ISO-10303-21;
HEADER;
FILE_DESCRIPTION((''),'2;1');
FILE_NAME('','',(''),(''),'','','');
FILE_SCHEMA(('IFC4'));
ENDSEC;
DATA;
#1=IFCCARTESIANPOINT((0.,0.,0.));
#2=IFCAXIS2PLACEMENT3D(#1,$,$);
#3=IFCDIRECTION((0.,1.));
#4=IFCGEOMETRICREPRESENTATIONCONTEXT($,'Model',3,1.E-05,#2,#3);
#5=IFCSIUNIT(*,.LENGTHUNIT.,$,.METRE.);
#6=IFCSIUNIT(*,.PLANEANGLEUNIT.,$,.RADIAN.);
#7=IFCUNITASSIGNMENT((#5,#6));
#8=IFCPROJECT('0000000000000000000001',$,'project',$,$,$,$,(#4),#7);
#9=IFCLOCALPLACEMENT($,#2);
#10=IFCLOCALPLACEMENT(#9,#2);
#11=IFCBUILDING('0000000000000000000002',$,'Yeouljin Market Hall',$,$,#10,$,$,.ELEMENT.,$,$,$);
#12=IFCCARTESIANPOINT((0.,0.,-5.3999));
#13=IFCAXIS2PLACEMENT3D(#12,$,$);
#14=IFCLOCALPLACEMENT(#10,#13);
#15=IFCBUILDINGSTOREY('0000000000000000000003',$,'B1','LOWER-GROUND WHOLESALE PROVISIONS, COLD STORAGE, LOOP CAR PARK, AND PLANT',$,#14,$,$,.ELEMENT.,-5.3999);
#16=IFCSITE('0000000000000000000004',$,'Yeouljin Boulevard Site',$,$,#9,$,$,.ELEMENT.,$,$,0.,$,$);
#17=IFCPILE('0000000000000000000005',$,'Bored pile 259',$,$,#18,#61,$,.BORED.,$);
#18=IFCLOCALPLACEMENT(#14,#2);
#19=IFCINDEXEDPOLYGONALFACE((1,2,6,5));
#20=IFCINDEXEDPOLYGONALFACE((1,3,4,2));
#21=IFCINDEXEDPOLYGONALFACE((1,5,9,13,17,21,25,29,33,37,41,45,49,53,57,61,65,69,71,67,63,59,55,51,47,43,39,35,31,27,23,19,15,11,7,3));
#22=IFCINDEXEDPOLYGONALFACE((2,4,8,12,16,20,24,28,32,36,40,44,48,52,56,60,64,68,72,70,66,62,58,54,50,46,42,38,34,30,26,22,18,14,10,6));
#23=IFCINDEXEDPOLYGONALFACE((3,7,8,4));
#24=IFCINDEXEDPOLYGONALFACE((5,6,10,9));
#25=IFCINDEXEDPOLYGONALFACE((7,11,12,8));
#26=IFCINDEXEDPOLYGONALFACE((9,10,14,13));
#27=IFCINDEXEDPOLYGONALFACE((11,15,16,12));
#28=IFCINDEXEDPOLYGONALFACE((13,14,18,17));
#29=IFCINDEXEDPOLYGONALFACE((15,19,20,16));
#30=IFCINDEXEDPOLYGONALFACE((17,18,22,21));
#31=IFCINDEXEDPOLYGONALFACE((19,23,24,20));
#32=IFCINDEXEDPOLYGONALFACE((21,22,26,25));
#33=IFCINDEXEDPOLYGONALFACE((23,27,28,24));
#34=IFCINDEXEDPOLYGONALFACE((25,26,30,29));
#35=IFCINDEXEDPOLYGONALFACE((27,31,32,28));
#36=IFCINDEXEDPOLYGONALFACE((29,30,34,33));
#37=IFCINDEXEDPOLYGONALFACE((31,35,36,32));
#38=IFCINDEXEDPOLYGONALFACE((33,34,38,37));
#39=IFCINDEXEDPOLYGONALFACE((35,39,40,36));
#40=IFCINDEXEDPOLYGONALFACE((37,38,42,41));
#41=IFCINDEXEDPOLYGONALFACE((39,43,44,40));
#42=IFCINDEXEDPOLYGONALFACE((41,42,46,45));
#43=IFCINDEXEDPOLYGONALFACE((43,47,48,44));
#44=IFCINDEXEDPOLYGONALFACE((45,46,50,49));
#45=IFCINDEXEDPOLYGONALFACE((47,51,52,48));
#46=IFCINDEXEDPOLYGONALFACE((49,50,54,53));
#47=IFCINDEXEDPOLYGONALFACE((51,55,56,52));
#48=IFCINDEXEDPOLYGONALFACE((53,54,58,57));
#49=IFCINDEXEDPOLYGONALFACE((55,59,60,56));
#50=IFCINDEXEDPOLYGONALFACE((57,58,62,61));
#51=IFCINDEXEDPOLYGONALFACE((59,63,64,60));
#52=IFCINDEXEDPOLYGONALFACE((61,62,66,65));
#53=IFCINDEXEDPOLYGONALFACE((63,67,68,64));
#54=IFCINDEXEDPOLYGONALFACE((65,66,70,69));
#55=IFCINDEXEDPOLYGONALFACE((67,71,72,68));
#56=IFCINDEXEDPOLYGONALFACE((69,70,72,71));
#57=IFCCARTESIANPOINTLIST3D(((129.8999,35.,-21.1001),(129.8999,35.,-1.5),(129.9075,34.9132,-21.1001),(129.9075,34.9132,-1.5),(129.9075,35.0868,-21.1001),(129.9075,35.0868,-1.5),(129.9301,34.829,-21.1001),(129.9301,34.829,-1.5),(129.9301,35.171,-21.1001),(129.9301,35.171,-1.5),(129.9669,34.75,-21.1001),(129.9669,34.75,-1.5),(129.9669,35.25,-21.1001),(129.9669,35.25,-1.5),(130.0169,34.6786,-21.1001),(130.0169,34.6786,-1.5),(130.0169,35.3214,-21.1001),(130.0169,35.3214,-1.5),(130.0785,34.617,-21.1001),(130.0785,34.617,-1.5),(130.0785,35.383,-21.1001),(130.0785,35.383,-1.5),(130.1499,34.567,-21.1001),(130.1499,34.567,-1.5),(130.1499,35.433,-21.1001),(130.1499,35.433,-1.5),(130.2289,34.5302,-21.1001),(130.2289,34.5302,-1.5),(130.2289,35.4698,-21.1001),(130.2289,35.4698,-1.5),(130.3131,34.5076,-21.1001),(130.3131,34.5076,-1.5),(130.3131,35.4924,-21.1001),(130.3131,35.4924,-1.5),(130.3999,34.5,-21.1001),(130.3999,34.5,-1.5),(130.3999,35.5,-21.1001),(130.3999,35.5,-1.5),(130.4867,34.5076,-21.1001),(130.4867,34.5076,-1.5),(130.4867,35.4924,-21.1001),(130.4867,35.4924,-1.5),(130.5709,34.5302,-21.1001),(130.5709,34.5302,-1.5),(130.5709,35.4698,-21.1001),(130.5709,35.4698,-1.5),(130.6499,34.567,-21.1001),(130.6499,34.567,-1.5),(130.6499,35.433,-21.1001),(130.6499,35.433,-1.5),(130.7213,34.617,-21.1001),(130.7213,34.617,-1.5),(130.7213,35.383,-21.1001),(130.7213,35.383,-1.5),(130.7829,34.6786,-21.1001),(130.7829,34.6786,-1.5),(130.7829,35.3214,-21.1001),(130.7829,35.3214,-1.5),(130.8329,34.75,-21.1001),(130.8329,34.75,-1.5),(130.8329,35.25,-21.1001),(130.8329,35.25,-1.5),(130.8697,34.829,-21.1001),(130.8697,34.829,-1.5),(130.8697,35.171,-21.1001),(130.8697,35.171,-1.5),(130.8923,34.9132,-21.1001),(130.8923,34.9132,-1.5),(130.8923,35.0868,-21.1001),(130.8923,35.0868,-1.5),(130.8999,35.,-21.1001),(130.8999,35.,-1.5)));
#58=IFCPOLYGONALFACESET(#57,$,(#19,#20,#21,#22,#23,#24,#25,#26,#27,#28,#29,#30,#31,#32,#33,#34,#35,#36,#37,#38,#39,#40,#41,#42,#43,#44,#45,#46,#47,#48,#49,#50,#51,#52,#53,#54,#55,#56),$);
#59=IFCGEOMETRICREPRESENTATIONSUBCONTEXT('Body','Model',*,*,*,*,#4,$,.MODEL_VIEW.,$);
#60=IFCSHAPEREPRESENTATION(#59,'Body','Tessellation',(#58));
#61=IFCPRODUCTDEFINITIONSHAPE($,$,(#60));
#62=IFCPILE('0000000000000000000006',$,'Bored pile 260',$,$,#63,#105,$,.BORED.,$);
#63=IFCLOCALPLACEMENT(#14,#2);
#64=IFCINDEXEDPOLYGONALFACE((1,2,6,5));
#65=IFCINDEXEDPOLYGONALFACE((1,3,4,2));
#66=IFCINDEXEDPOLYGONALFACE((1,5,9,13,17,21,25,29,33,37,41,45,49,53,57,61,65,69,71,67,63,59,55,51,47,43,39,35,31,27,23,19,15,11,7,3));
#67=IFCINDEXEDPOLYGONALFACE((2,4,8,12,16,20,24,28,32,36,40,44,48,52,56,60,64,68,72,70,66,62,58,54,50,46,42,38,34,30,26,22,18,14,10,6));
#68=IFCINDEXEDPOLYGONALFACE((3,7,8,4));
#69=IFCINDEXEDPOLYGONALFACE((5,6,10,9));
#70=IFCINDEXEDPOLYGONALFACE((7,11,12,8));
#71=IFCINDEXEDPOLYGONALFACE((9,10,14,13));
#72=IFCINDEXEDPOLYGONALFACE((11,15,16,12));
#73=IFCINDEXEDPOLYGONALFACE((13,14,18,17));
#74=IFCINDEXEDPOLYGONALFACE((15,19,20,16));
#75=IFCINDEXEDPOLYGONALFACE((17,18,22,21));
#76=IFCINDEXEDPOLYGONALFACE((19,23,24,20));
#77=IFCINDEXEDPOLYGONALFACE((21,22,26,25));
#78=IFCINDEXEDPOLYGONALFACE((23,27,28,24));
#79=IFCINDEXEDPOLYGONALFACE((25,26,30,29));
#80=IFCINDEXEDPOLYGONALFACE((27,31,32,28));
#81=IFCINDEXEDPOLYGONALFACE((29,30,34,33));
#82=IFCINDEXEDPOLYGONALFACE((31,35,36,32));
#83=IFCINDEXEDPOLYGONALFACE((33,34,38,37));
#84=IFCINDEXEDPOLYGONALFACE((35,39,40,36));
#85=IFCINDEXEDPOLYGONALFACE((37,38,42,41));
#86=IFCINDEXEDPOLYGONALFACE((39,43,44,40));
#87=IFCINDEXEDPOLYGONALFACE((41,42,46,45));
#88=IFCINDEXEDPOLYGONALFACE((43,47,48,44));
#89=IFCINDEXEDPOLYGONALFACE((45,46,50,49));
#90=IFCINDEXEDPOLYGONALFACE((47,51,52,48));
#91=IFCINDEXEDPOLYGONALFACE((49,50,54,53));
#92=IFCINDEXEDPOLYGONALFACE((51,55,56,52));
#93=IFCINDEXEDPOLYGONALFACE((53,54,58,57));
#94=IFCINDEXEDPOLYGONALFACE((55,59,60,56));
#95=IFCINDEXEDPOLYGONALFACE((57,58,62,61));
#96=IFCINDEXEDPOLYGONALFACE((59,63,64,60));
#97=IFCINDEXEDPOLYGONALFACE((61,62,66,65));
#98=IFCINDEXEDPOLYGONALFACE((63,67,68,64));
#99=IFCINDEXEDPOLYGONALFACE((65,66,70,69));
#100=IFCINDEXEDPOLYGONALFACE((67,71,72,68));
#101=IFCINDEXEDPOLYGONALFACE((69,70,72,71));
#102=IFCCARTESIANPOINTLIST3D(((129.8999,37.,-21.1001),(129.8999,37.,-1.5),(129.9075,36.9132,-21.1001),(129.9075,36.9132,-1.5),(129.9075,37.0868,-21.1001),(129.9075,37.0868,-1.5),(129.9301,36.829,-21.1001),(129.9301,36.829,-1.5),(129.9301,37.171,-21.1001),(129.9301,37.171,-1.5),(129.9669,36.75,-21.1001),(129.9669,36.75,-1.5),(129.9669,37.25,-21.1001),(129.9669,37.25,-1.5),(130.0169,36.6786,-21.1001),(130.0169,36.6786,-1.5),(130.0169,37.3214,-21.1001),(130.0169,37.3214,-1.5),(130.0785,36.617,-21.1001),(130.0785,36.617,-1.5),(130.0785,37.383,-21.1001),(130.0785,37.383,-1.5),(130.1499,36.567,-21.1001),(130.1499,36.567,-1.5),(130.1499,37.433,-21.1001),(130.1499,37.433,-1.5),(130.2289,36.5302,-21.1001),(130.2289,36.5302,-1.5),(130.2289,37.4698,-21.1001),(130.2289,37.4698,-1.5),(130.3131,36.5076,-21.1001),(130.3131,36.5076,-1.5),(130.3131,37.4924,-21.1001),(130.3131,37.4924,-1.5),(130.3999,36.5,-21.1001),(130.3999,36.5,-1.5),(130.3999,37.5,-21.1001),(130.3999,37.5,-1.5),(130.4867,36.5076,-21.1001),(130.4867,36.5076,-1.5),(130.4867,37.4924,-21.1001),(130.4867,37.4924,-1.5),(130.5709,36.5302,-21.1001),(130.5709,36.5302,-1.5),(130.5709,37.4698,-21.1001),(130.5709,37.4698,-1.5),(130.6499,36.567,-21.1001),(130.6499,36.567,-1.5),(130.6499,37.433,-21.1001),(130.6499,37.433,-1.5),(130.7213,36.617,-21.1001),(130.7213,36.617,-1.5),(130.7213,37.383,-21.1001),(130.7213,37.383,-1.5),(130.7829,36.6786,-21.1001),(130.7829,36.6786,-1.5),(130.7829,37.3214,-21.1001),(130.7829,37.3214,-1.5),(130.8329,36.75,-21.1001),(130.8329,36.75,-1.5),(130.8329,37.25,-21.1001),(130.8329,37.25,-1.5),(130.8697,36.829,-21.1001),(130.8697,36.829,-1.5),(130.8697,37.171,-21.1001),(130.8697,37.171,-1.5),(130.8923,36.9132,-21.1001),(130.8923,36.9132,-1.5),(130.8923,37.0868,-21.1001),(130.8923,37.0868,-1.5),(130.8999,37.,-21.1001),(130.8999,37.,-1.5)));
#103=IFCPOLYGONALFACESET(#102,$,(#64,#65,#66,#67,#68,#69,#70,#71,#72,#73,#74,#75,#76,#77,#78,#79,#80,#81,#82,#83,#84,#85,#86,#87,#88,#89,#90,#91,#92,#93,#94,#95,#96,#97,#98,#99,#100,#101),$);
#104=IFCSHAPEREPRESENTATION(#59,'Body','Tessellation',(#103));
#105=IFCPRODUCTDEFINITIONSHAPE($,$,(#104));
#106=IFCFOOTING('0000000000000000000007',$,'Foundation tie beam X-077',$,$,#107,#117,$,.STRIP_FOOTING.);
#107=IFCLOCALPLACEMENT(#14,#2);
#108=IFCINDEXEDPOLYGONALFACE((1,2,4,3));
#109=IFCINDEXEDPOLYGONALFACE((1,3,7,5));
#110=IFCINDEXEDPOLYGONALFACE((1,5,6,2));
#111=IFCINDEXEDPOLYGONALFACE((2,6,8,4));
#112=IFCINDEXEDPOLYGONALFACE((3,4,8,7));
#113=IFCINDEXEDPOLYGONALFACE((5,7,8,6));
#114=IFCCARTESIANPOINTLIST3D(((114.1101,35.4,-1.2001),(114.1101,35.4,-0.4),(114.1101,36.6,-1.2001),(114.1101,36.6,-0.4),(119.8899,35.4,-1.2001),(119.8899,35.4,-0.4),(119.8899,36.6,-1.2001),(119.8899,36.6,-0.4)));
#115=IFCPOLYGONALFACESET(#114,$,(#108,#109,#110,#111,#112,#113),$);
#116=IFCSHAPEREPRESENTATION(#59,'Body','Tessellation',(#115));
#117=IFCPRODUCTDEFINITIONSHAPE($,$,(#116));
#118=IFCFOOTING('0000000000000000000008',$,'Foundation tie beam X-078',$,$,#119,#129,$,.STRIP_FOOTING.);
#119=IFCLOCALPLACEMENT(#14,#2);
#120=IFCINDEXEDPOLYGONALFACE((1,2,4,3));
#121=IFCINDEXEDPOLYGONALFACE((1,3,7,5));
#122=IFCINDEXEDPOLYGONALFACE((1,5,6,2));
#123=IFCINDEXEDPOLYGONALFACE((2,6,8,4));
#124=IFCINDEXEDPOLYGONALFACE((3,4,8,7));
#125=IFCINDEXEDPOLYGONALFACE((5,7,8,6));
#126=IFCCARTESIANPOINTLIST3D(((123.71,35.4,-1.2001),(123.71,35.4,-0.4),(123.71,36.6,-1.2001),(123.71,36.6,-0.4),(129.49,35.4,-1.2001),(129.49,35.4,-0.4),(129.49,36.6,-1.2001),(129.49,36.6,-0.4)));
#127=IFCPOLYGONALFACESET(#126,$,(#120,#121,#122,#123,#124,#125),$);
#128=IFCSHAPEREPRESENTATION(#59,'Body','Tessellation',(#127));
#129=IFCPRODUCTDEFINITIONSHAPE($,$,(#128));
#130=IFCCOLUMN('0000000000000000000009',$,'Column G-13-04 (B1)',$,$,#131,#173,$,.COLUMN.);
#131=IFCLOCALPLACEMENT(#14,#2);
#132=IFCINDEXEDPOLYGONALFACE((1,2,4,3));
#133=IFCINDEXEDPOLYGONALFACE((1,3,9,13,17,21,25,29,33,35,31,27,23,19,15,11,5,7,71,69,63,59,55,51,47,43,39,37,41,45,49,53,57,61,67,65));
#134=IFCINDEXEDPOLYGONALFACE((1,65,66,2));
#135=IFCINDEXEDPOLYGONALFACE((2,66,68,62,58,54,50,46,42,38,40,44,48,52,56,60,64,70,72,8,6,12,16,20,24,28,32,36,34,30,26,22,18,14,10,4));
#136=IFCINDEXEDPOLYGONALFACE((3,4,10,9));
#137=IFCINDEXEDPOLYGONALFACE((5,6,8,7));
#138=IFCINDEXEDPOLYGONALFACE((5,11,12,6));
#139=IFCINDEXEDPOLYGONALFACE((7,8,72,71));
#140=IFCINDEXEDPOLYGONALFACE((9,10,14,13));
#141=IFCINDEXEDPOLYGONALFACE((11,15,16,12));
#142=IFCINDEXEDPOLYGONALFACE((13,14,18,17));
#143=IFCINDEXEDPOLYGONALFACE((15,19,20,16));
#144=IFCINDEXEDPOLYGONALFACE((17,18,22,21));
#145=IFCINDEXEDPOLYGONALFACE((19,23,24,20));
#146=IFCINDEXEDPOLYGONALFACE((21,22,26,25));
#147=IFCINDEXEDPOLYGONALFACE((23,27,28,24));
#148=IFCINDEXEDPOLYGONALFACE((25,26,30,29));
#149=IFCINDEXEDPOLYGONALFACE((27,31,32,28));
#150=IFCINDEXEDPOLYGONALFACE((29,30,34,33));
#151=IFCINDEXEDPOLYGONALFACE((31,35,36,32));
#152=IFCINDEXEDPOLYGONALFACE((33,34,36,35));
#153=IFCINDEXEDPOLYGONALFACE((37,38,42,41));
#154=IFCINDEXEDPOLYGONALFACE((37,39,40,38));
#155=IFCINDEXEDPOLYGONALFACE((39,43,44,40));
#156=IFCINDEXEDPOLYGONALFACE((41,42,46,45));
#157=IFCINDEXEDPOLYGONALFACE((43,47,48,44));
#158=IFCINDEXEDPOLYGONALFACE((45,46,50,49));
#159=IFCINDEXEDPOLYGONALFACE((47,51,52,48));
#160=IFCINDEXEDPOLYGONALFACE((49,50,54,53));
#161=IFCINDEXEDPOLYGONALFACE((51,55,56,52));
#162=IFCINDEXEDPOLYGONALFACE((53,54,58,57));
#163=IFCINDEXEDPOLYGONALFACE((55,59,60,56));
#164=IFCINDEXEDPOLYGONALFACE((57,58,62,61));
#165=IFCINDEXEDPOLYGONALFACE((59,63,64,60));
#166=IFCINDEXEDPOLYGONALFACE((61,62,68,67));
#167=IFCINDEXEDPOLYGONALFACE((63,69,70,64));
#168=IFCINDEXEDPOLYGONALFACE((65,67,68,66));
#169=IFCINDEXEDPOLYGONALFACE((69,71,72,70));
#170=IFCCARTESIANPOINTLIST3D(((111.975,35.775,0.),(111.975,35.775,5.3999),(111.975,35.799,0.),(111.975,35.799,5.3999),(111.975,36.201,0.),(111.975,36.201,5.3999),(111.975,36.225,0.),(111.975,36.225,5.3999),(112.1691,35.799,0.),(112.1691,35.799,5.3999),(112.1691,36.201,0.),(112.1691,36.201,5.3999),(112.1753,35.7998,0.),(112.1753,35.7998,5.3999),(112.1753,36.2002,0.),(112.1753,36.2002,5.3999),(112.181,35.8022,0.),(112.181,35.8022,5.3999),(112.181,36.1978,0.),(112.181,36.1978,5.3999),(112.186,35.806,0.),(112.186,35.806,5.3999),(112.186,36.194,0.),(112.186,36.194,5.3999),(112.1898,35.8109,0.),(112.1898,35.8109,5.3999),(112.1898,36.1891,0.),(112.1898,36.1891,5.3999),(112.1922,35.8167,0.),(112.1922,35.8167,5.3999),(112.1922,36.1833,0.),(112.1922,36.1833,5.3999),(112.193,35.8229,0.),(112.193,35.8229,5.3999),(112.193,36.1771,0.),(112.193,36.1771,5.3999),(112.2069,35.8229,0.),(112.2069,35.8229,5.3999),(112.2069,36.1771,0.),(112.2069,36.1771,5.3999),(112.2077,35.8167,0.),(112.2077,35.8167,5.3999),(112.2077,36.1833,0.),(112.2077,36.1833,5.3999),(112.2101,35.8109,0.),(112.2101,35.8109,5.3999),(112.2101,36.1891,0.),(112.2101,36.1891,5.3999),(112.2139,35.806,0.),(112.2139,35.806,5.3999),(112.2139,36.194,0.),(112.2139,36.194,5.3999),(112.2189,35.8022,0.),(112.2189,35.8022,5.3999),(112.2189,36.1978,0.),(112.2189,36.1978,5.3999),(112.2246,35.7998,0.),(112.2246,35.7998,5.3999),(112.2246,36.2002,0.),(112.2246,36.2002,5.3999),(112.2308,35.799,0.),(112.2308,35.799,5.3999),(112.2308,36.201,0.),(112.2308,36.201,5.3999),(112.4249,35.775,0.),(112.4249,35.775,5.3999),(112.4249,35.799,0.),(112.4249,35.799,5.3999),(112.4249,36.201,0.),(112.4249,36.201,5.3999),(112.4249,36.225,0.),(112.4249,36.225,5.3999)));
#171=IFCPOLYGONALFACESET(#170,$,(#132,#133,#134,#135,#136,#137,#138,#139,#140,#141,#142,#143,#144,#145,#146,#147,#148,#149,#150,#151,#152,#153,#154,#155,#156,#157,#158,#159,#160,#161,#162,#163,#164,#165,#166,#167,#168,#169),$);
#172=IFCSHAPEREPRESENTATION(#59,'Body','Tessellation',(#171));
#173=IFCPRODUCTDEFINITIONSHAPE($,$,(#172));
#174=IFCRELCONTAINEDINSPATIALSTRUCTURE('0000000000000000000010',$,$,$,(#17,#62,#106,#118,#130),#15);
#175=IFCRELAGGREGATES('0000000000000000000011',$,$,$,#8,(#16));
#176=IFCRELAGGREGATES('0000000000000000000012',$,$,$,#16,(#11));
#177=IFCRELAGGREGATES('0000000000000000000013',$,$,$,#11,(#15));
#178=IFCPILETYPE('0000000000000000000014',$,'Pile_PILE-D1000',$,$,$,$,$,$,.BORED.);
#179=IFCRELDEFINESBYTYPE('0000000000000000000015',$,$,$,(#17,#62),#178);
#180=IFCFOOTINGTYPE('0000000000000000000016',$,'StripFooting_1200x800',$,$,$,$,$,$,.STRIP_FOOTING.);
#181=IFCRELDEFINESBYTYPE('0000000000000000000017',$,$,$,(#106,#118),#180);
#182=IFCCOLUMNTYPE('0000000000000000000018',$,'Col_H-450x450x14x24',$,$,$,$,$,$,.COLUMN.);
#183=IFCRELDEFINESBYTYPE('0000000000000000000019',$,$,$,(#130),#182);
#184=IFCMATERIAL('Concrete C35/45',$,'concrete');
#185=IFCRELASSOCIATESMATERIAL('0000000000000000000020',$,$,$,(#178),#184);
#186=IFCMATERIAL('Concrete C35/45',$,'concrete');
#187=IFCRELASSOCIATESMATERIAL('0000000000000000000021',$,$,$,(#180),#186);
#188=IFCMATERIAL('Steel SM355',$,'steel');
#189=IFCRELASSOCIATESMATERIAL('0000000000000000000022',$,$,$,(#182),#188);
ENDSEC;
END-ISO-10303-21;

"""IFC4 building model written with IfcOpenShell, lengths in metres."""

from ifc_helpers import new_model, si_unit, direction, frame, origin, origin_2d, place, context, subcontext, project, spatial, rectangle, circle, i_section, extrude, material, material_profile, profile_set, type_object, element, save


model = new_model("IFC4")

# Units and contexts
model_context = context("Model", 3, precision=1e-05, world=origin(), true_north=direction((0.0, 1.0)))
body_context = subcontext(model_context, "Body", "Model", "MODEL_VIEW")
ifc_project = project(units=[si_unit("LENGTHUNIT", "METRE"), si_unit("PLANEANGLEUNIT", "RADIAN")], contexts=[model_context])

# Site, building, storey
site_placement = place(None, origin())
site = spatial("IfcSite", under=ifc_project, at=site_placement, Name="Yeouljin Boulevard Site", CompositionType="ELEMENT", RefElevation=0.0)
building_placement = place(site_placement, origin())
building = spatial("IfcBuilding", under=site, at=building_placement, Name="Yeouljin Market Hall", CompositionType="ELEMENT")
storey_placement = place(building_placement, frame((0.0, 0.0, -5.3999)))
storey = spatial("IfcBuildingStorey", under=building, at=storey_placement, Name="B1", Description="LOWER-GROUND WHOLESALE PROVISIONS, COLD STORAGE, LOOP CAR PARK, AND PLANT", CompositionType="ELEMENT", Elevation=-5.3999)

# Piles
ifc_material_1 = material(Name="Concrete C35/45", Category="concrete")
ifc_material_profile_1 = material_profile(ifc_material_1, circle(Radius=0.5, at=origin_2d()), Name="PILE-D1000")
ifc_profile_set_1 = profile_set([ifc_material_profile_1], Name="Concrete C35/45")
pile_type = type_object("IfcPileType", Name="Pile_PILE-D1000", PredefinedType="BORED", material=ifc_profile_set_1)
for number, where, z_axis, x_axis, name in (
    (1, (130.3999, 35.0, -1.5), (0.0, 0.0, -1.0), (1.0, 0.0, 0.0), "Bored pile 259"),
    (2, (130.3999, 37.0, -1.5), (0.0, 0.0, -1.0), (1.0, 0.0, 0.0), "Bored pile 260"),
):
    element("IfcPile", number, at=place(storey_placement, frame(where, z_axis=z_axis, x_axis=x_axis)), inside=storey, type_object=pile_type, Name=name, PredefinedType="BORED", context=body_context, shape_type="SweptSolid", body=[
        extrude(circle(Radius=0.5, at=origin_2d()), origin(), (0.0, 0.0, 1.0), 19.6001),
    ])

# Footings
ifc_material_2 = material(Name="Concrete C35/45", Category="concrete")
ifc_material_profile_2 = material_profile(ifc_material_2, rectangle(XDim=1.2, YDim=0.8, at=origin_2d()), Name="SF-1200x800")
ifc_profile_set_2 = profile_set([ifc_material_profile_2], Name="Concrete C35/45")
footing_type_1 = type_object("IfcFootingType", Name="StripFooting_1200x800", PredefinedType="STRIP_FOOTING", material=ifc_profile_set_2)
footing_1_placement = place(storey_placement, frame((114.1101, 36.0, -0.8), z_axis=(1.0, 0.0, 0.0), x_axis=(0.0, 1.0, 0.0)))
element("IfcFooting", 3, at=footing_1_placement, inside=storey, type_object=footing_type_1, Name="Foundation tie beam X-077", PredefinedType="STRIP_FOOTING", context=body_context, shape_type="SweptSolid", body=[
    extrude(rectangle(XDim=1.2, YDim=0.8, at=origin_2d()), origin(), (0.0, 0.0, 1.0), 5.7798),
])
footing_2_placement = place(storey_placement, frame((123.71, 36.0, -0.8), z_axis=(1.0, 0.0, 0.0), x_axis=(0.0, 1.0, 0.0)))
element("IfcFooting", 4, at=footing_2_placement, inside=storey, type_object=footing_type_1, Name="Foundation tie beam X-078", PredefinedType="STRIP_FOOTING", context=body_context, shape_type="SweptSolid", body=[
    extrude(rectangle(XDim=1.2, YDim=0.8, at=origin_2d()), origin(), (0.0, 0.0, 1.0), 5.78),
])

# Column
ifc_material_3 = material(Name="Steel SM355", Category="steel")
ifc_material_profile_3 = material_profile(ifc_material_3, i_section(OverallWidth=0.45, OverallDepth=0.45, WebThickness=0.0139, FlangeThickness=0.0239, FilletRadius=0.0239, at=origin_2d()), Name="H-450x450x14x24")
ifc_profile_set_3 = profile_set([ifc_material_profile_3], Name="Steel SM355")
column_type_1 = type_object("IfcColumnType", Name="Col_H-450x450x14x24", PredefinedType="COLUMN", material=ifc_profile_set_3)
for number, where, z_axis, x_axis, name in (
    (5, (112.2, 36.0, 0.0), (0.0, 0.0, 1.0), (1.0, 0.0, 0.0), "Column G-13-04 (B1)"),
):
    element("IfcColumn", number, at=place(storey_placement, frame(where, z_axis=z_axis, x_axis=x_axis)), inside=storey, type_object=column_type_1, Name=name, PredefinedType="COLUMN", context=body_context, shape_type="SweptSolid", body=[
        extrude(i_section(OverallWidth=0.45, OverallDepth=0.45, WebThickness=0.0139, FlangeThickness=0.0239, FilletRadius=0.0239, at=origin_2d()), origin(), (0.0, 0.0, 1.0), 5.3999),
    ])

save(model, "model.ifc")
